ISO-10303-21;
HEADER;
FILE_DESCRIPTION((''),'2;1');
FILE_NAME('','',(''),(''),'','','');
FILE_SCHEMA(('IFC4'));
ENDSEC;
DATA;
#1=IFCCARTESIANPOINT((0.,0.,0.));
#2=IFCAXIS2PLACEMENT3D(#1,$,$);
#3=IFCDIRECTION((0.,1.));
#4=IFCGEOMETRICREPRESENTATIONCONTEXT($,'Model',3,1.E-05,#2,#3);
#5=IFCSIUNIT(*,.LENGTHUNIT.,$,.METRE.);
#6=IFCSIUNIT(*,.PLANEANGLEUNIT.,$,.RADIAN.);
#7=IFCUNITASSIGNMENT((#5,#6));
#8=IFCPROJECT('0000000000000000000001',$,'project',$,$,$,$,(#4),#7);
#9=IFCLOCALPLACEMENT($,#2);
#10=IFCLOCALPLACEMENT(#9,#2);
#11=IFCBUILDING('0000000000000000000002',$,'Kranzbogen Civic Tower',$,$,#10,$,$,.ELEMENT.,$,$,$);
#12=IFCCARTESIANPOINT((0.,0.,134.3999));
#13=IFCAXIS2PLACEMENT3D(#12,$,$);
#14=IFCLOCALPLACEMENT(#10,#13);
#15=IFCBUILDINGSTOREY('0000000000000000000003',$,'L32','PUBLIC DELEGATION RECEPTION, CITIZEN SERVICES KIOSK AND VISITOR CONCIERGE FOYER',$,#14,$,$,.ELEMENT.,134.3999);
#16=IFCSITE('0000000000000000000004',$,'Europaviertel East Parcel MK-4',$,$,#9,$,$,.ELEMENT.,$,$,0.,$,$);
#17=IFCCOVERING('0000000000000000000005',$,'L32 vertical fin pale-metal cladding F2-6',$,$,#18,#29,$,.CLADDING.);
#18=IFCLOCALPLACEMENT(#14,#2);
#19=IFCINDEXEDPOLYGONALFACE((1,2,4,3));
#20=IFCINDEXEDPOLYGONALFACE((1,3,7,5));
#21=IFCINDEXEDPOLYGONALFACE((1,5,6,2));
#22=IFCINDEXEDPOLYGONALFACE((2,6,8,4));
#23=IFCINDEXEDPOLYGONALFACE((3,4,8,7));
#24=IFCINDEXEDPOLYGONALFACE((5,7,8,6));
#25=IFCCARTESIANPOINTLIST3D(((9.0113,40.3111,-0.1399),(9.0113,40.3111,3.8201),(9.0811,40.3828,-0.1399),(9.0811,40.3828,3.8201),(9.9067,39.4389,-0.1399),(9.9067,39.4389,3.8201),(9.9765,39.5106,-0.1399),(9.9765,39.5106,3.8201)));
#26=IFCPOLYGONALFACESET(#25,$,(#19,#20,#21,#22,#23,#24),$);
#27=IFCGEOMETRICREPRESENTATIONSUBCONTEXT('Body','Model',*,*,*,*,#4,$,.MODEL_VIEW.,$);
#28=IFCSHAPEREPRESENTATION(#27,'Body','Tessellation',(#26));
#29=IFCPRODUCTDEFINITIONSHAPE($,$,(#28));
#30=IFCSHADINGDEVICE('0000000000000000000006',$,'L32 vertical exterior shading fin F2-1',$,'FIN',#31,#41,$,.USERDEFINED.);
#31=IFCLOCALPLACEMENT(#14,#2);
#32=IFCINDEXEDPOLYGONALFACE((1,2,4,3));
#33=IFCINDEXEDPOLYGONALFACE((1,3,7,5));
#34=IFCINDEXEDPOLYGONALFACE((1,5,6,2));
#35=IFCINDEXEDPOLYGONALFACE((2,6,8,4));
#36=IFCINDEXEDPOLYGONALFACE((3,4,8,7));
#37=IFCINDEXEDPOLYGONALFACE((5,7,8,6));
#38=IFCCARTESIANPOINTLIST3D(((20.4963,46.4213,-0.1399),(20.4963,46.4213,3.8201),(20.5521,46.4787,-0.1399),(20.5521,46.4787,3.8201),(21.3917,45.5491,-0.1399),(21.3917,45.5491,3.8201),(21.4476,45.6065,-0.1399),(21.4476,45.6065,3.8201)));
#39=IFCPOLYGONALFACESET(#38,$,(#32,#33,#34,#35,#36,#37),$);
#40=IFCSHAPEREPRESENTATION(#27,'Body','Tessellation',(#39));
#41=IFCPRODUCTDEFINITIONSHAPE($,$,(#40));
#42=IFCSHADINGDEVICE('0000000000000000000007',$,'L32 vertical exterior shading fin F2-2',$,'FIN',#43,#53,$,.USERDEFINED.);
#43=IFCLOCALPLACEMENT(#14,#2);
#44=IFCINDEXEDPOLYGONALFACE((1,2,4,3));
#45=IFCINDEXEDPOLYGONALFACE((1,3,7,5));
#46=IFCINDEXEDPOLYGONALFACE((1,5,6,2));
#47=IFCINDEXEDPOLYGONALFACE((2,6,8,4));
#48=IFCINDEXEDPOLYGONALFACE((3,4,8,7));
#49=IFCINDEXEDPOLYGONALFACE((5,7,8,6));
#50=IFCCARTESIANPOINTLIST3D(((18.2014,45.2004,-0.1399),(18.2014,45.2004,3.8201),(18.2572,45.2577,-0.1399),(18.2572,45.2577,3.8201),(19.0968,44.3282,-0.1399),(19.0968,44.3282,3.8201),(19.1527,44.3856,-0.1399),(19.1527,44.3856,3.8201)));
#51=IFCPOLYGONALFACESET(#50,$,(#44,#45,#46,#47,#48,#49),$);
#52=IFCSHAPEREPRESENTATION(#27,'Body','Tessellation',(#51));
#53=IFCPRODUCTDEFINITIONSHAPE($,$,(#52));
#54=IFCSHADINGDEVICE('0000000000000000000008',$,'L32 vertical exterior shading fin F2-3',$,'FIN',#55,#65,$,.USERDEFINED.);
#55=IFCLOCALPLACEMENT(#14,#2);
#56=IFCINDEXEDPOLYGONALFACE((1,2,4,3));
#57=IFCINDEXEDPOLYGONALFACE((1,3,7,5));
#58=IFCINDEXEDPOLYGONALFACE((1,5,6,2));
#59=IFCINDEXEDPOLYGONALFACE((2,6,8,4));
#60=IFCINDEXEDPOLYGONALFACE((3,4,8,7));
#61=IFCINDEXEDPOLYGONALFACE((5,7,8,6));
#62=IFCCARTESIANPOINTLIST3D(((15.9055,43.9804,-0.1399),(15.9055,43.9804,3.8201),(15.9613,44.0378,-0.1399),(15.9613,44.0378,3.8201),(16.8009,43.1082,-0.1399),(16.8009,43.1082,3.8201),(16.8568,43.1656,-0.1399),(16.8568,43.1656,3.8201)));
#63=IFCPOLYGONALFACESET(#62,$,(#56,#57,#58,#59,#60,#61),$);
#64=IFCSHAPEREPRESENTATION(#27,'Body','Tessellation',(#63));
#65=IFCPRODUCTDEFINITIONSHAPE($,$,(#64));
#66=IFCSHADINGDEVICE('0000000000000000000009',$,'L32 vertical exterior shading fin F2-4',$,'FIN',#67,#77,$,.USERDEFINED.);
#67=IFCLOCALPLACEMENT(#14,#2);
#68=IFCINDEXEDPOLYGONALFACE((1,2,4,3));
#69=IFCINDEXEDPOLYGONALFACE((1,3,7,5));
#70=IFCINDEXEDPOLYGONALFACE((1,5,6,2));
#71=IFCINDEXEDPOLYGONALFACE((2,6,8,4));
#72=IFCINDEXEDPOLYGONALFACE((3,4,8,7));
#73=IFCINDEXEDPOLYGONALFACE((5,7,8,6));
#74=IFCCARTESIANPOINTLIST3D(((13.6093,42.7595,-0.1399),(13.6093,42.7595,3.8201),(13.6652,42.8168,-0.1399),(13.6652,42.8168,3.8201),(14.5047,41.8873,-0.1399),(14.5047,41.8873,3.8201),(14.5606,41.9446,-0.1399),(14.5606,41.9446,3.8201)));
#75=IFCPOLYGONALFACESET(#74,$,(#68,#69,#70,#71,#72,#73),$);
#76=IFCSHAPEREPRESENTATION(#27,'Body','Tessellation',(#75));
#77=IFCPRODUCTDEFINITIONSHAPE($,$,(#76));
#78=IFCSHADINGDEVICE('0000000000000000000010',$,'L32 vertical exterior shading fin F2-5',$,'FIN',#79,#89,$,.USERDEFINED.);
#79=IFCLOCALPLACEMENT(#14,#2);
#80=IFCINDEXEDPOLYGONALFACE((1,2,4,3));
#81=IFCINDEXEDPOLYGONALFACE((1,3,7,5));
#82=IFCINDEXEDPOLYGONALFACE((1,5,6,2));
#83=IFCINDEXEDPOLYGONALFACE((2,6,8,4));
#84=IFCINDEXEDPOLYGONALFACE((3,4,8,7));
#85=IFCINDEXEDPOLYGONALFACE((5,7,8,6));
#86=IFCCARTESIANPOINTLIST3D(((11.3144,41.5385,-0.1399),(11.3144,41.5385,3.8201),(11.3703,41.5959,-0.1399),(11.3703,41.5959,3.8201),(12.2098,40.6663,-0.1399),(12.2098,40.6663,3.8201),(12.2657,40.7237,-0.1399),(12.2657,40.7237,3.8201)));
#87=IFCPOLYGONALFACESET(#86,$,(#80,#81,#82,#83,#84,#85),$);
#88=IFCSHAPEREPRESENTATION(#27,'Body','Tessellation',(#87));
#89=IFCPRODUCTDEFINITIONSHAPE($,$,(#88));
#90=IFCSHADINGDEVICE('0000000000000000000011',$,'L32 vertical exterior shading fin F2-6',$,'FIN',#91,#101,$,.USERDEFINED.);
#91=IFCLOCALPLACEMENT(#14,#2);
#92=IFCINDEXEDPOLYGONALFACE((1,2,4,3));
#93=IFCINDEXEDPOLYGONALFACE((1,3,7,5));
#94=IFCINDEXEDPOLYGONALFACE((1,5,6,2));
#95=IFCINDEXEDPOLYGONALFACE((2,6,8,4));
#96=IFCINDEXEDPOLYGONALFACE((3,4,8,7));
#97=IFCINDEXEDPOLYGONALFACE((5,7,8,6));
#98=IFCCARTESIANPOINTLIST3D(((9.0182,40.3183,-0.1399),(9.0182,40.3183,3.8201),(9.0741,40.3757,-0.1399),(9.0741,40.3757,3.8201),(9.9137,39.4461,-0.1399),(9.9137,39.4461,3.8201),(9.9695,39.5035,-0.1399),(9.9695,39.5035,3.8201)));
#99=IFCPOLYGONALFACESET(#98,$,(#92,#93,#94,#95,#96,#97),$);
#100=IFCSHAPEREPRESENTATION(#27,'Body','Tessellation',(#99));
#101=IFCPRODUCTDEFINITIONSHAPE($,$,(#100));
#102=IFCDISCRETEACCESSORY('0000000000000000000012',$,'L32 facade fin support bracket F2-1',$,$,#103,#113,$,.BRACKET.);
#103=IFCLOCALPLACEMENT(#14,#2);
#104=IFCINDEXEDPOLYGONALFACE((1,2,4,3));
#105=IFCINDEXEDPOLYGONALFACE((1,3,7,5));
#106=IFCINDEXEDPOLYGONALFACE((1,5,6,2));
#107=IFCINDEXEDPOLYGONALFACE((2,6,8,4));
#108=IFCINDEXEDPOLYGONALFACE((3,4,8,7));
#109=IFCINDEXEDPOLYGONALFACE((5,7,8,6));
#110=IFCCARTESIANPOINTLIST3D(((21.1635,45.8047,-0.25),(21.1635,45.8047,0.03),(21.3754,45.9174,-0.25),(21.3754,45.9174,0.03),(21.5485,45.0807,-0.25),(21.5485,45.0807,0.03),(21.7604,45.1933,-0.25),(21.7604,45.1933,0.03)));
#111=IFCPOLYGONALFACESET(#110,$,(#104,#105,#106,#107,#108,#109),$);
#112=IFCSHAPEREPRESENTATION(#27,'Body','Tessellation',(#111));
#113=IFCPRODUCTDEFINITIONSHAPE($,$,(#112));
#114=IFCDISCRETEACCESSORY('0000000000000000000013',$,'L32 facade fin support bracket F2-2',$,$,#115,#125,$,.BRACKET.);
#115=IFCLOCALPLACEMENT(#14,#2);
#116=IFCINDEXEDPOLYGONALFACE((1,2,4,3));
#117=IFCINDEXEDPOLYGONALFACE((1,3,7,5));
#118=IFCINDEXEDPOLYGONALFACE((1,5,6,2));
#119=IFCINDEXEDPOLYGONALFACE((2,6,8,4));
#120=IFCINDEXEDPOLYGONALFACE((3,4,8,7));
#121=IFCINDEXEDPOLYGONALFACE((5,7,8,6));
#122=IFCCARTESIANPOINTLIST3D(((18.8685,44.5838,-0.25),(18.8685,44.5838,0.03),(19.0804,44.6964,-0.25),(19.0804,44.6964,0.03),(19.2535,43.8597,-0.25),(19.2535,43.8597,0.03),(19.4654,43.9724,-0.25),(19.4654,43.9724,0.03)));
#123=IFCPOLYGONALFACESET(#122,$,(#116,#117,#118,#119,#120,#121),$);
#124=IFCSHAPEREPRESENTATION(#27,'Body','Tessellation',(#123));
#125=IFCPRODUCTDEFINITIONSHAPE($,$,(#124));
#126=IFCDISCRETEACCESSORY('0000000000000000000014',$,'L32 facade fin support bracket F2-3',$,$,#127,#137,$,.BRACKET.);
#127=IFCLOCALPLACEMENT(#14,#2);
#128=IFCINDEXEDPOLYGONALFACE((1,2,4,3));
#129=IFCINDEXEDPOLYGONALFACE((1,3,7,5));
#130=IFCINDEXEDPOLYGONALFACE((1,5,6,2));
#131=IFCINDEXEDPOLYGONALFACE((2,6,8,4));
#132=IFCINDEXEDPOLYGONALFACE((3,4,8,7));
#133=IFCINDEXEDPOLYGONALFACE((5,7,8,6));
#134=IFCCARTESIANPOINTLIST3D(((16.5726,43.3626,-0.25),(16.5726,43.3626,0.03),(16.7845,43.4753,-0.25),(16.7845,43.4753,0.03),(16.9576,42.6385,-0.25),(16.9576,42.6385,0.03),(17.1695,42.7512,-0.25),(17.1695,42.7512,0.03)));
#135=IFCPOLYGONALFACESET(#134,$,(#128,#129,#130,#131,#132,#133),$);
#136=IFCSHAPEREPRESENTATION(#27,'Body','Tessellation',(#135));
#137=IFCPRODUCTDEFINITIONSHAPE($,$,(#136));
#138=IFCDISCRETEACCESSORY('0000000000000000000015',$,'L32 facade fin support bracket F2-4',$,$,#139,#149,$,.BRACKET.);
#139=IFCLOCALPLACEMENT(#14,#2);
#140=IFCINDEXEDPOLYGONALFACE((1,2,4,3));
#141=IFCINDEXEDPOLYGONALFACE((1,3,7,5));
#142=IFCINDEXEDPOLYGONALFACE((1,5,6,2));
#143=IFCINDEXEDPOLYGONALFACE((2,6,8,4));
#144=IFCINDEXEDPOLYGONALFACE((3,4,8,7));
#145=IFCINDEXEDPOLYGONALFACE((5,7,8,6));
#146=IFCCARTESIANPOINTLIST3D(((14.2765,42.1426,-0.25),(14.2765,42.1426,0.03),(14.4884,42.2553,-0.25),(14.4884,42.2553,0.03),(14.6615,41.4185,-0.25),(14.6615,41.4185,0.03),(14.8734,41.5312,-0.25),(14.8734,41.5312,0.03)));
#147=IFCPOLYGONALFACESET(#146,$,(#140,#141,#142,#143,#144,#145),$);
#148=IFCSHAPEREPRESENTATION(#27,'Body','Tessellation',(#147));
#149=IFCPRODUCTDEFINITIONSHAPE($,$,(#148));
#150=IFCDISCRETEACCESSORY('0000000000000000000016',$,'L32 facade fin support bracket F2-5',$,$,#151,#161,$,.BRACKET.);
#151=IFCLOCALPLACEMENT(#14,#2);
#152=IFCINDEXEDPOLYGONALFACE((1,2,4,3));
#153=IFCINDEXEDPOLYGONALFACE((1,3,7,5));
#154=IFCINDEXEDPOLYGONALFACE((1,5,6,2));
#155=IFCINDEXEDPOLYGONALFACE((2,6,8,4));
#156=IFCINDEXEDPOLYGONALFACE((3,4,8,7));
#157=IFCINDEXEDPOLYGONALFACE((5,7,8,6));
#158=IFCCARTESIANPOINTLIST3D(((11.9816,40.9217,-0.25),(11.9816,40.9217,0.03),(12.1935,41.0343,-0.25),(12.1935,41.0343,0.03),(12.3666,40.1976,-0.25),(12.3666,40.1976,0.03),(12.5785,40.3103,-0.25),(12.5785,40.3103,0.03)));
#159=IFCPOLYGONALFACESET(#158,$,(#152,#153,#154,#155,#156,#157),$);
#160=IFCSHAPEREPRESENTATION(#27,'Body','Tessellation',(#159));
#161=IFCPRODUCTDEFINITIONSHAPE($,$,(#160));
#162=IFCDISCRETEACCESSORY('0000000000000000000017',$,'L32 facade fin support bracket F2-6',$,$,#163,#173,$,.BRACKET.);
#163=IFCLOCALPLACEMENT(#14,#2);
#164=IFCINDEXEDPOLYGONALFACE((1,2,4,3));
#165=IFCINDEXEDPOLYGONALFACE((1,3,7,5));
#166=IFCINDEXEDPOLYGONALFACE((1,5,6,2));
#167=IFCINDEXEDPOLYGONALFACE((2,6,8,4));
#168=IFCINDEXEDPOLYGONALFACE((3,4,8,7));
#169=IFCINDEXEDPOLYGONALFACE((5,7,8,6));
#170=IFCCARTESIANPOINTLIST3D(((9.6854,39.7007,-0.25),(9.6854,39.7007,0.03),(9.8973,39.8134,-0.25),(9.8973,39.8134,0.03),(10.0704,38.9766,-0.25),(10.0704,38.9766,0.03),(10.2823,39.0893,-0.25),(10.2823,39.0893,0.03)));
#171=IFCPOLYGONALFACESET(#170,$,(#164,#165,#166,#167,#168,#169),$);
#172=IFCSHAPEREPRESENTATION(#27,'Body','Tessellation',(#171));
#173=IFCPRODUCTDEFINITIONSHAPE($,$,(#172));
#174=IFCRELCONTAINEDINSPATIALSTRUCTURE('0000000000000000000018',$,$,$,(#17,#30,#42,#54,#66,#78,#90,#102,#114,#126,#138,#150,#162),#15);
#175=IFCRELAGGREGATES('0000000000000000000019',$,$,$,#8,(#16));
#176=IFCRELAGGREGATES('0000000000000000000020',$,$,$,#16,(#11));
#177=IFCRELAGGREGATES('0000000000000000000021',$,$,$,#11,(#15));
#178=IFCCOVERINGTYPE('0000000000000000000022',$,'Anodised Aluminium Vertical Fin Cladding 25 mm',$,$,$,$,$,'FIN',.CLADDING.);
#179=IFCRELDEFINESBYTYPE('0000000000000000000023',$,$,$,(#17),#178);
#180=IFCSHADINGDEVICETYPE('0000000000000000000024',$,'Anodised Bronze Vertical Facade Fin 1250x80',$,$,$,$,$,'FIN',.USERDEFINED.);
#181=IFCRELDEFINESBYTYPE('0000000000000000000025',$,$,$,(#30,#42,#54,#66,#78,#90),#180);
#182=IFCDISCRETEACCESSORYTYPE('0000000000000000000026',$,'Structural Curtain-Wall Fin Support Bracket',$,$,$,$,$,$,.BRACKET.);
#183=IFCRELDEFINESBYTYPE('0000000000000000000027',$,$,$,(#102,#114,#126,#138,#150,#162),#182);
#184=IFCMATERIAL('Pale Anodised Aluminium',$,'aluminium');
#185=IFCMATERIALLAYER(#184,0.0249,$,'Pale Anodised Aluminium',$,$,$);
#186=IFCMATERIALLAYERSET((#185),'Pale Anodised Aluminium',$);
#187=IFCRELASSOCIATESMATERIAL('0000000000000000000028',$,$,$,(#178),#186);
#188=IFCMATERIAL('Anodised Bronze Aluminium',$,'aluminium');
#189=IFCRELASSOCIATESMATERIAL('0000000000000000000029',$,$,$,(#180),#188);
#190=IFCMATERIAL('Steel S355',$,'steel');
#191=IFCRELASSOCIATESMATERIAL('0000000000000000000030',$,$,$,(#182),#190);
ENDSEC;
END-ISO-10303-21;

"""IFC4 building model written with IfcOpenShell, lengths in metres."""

from ifc_helpers import new_model, si_unit, direction, frame, origin, origin_2d, place, context, subcontext, project, spatial, rectangle, extrude, material, layer, layer_set, type_object, element, save


model = new_model("IFC4")

# Units and contexts
model_context = context("Model", 3, precision=1e-05, world=origin(), true_north=direction((0.0, 1.0)))
body_context = subcontext(model_context, "Body", "Model", "MODEL_VIEW")
ifc_project = project(units=[si_unit("LENGTHUNIT", "METRE"), si_unit("PLANEANGLEUNIT", "RADIAN")], contexts=[model_context])

# Site, building, storey
site_placement = place(None, origin())
site = spatial("IfcSite", under=ifc_project, at=site_placement, Name="Europaviertel East Parcel MK-4", CompositionType="ELEMENT", RefElevation=0.0)
building_placement = place(site_placement, origin())
building = spatial("IfcBuilding", under=site, at=building_placement, Name="Kranzbogen Civic Tower", CompositionType="ELEMENT")
storey_placement = place(building_placement, frame((0.0, 0.0, 134.3999)))
storey = spatial("IfcBuildingStorey", under=building, at=storey_placement, Name="L32", Description="PUBLIC DELEGATION RECEPTION, CITIZEN SERVICES KIOSK AND VISITOR CONCIERGE FOYER", CompositionType="ELEMENT", Elevation=134.3999)

# Shared definitions
ifc_material_1 = material(Name="Steel S355", Category="steel")

# Shared definitions
ifc_material_2 = material(Name="Pale Anodised Aluminium", Category="aluminium")

# Covering
ifc_layer_1 = layer(ifc_material_2, 0.0249, Name="Pale Anodised Aluminium")
ifc_layer_set_1 = layer_set([ifc_layer_1], Name="Pale Anodised Aluminium")
covering_type = type_object("IfcCoveringType", Name="Anodised Aluminium Vertical Fin Cladding 25 mm", ElementType="FIN", PredefinedType="CLADDING", material=ifc_layer_set_1)
for number, where, z_axis, x_axis, name in (
    (1, (9.4939, 39.9109, -0.1399), (0.0, 0.0, 1.0), (-0.716338, 0.697753, 0.0), "L32 vertical fin pale-metal cladding F2-6"),
):
    element("IfcCovering", number, at=place(storey_placement, frame(where, z_axis=z_axis, x_axis=x_axis)), inside=storey, type_object=covering_type, Name=name, PredefinedType="CLADDING", context=body_context, shape_type="SweptSolid", body=[
        extrude(rectangle(XDim=1.25, YDim=0.1001, at=origin_2d()), origin(), (0.0, 0.0, 1.0), 3.96),
    ])

# Shading devices
ifc_material_3 = material(Name="Anodised Bronze Aluminium", Category="aluminium")
shading_device_type = type_object("IfcShadingDeviceType", Name="Anodised Bronze Vertical Facade Fin 1250x80", ElementType="FIN", PredefinedType="USERDEFINED", material=ifc_material_3)
for number, where, z_axis, x_axis, name in (
    (2, (20.9719, 46.0139, -0.1399), (0.0, 0.0, 1.0), (-0.716338, 0.697753, 0.0), "L32 vertical exterior shading fin F2-1"),
    (3, (18.677, 44.793, -0.1399), (0.0, 0.0, 1.0), (-0.716338, 0.697753, 0.0), "L32 vertical exterior shading fin F2-2"),
    (4, (16.3811, 43.573, -0.1399), (0.0, 0.0, 1.0), (-0.716338, 0.697753, 0.0), "L32 vertical exterior shading fin F2-3"),
    (5, (14.085, 42.3521, -0.1399), (0.0, 0.0, 1.0), (-0.716338, 0.697753, 0.0), "L32 vertical exterior shading fin F2-4"),
    (6, (11.79, 41.1311, -0.1399), (0.0, 0.0, 1.0), (-0.716338, 0.697753, 0.0), "L32 vertical exterior shading fin F2-5"),
    (7, (9.4939, 39.9109, -0.1399), (0.0, 0.0, 1.0), (-0.716338, 0.697753, 0.0), "L32 vertical exterior shading fin F2-6"),
):
    element("IfcShadingDevice", number, at=place(storey_placement, frame(where, z_axis=z_axis, x_axis=x_axis)), inside=storey, type_object=shading_device_type, Name=name, ObjectType="FIN", PredefinedType="USERDEFINED", context=body_context, shape_type="SweptSolid", body=[
        extrude(rectangle(XDim=1.25, YDim=0.0801, at=origin_2d()), origin(), (0.0, 0.0, 1.0), 3.96),
    ])

# Discrete accessories
discrete_accessory_type = type_object("IfcDiscreteAccessoryType", Name="Structural Curtain-Wall Fin Support Bracket", PredefinedType="BRACKET", material=ifc_material_1)
for number, where, z_axis, x_axis, name in (
    (8, (21.4619, 45.499, -0.25), (0.0, 0.0, 1.0), (-0.469472, 0.882948, 0.0), "L32 facade fin support bracket F2-1"),
    (9, (19.167, 44.2781, -0.25), (0.0, 0.0, 1.0), (-0.469472, 0.882948, 0.0), "L32 facade fin support bracket F2-2"),
    (10, (16.8711, 43.0569, -0.25), (0.0, 0.0, 1.0), (-0.469472, 0.882948, 0.0), "L32 facade fin support bracket F2-3"),
    (11, (14.575, 41.8369, -0.25), (0.0, 0.0, 1.0), (-0.469472, 0.882948, 0.0), "L32 facade fin support bracket F2-4"),
    (12, (12.28, 40.616, -0.25), (0.0, 0.0, 1.0), (-0.469472, 0.882948, 0.0), "L32 facade fin support bracket F2-5"),
    (13, (9.9839, 39.395, -0.25), (0.0, 0.0, 1.0), (-0.469472, 0.882948, 0.0), "L32 facade fin support bracket F2-6"),
):
    element("IfcDiscreteAccessory", number, at=place(storey_placement, frame(where, z_axis=z_axis, x_axis=x_axis)), inside=storey, type_object=discrete_accessory_type, Name=name, PredefinedType="BRACKET", context=body_context, shape_type="SweptSolid", body=[
        extrude(rectangle(XDim=0.8201, YDim=0.24, at=origin_2d()), origin(), (0.0, 0.0, 1.0), 0.28),
    ])

save(model, "model.ifc")
